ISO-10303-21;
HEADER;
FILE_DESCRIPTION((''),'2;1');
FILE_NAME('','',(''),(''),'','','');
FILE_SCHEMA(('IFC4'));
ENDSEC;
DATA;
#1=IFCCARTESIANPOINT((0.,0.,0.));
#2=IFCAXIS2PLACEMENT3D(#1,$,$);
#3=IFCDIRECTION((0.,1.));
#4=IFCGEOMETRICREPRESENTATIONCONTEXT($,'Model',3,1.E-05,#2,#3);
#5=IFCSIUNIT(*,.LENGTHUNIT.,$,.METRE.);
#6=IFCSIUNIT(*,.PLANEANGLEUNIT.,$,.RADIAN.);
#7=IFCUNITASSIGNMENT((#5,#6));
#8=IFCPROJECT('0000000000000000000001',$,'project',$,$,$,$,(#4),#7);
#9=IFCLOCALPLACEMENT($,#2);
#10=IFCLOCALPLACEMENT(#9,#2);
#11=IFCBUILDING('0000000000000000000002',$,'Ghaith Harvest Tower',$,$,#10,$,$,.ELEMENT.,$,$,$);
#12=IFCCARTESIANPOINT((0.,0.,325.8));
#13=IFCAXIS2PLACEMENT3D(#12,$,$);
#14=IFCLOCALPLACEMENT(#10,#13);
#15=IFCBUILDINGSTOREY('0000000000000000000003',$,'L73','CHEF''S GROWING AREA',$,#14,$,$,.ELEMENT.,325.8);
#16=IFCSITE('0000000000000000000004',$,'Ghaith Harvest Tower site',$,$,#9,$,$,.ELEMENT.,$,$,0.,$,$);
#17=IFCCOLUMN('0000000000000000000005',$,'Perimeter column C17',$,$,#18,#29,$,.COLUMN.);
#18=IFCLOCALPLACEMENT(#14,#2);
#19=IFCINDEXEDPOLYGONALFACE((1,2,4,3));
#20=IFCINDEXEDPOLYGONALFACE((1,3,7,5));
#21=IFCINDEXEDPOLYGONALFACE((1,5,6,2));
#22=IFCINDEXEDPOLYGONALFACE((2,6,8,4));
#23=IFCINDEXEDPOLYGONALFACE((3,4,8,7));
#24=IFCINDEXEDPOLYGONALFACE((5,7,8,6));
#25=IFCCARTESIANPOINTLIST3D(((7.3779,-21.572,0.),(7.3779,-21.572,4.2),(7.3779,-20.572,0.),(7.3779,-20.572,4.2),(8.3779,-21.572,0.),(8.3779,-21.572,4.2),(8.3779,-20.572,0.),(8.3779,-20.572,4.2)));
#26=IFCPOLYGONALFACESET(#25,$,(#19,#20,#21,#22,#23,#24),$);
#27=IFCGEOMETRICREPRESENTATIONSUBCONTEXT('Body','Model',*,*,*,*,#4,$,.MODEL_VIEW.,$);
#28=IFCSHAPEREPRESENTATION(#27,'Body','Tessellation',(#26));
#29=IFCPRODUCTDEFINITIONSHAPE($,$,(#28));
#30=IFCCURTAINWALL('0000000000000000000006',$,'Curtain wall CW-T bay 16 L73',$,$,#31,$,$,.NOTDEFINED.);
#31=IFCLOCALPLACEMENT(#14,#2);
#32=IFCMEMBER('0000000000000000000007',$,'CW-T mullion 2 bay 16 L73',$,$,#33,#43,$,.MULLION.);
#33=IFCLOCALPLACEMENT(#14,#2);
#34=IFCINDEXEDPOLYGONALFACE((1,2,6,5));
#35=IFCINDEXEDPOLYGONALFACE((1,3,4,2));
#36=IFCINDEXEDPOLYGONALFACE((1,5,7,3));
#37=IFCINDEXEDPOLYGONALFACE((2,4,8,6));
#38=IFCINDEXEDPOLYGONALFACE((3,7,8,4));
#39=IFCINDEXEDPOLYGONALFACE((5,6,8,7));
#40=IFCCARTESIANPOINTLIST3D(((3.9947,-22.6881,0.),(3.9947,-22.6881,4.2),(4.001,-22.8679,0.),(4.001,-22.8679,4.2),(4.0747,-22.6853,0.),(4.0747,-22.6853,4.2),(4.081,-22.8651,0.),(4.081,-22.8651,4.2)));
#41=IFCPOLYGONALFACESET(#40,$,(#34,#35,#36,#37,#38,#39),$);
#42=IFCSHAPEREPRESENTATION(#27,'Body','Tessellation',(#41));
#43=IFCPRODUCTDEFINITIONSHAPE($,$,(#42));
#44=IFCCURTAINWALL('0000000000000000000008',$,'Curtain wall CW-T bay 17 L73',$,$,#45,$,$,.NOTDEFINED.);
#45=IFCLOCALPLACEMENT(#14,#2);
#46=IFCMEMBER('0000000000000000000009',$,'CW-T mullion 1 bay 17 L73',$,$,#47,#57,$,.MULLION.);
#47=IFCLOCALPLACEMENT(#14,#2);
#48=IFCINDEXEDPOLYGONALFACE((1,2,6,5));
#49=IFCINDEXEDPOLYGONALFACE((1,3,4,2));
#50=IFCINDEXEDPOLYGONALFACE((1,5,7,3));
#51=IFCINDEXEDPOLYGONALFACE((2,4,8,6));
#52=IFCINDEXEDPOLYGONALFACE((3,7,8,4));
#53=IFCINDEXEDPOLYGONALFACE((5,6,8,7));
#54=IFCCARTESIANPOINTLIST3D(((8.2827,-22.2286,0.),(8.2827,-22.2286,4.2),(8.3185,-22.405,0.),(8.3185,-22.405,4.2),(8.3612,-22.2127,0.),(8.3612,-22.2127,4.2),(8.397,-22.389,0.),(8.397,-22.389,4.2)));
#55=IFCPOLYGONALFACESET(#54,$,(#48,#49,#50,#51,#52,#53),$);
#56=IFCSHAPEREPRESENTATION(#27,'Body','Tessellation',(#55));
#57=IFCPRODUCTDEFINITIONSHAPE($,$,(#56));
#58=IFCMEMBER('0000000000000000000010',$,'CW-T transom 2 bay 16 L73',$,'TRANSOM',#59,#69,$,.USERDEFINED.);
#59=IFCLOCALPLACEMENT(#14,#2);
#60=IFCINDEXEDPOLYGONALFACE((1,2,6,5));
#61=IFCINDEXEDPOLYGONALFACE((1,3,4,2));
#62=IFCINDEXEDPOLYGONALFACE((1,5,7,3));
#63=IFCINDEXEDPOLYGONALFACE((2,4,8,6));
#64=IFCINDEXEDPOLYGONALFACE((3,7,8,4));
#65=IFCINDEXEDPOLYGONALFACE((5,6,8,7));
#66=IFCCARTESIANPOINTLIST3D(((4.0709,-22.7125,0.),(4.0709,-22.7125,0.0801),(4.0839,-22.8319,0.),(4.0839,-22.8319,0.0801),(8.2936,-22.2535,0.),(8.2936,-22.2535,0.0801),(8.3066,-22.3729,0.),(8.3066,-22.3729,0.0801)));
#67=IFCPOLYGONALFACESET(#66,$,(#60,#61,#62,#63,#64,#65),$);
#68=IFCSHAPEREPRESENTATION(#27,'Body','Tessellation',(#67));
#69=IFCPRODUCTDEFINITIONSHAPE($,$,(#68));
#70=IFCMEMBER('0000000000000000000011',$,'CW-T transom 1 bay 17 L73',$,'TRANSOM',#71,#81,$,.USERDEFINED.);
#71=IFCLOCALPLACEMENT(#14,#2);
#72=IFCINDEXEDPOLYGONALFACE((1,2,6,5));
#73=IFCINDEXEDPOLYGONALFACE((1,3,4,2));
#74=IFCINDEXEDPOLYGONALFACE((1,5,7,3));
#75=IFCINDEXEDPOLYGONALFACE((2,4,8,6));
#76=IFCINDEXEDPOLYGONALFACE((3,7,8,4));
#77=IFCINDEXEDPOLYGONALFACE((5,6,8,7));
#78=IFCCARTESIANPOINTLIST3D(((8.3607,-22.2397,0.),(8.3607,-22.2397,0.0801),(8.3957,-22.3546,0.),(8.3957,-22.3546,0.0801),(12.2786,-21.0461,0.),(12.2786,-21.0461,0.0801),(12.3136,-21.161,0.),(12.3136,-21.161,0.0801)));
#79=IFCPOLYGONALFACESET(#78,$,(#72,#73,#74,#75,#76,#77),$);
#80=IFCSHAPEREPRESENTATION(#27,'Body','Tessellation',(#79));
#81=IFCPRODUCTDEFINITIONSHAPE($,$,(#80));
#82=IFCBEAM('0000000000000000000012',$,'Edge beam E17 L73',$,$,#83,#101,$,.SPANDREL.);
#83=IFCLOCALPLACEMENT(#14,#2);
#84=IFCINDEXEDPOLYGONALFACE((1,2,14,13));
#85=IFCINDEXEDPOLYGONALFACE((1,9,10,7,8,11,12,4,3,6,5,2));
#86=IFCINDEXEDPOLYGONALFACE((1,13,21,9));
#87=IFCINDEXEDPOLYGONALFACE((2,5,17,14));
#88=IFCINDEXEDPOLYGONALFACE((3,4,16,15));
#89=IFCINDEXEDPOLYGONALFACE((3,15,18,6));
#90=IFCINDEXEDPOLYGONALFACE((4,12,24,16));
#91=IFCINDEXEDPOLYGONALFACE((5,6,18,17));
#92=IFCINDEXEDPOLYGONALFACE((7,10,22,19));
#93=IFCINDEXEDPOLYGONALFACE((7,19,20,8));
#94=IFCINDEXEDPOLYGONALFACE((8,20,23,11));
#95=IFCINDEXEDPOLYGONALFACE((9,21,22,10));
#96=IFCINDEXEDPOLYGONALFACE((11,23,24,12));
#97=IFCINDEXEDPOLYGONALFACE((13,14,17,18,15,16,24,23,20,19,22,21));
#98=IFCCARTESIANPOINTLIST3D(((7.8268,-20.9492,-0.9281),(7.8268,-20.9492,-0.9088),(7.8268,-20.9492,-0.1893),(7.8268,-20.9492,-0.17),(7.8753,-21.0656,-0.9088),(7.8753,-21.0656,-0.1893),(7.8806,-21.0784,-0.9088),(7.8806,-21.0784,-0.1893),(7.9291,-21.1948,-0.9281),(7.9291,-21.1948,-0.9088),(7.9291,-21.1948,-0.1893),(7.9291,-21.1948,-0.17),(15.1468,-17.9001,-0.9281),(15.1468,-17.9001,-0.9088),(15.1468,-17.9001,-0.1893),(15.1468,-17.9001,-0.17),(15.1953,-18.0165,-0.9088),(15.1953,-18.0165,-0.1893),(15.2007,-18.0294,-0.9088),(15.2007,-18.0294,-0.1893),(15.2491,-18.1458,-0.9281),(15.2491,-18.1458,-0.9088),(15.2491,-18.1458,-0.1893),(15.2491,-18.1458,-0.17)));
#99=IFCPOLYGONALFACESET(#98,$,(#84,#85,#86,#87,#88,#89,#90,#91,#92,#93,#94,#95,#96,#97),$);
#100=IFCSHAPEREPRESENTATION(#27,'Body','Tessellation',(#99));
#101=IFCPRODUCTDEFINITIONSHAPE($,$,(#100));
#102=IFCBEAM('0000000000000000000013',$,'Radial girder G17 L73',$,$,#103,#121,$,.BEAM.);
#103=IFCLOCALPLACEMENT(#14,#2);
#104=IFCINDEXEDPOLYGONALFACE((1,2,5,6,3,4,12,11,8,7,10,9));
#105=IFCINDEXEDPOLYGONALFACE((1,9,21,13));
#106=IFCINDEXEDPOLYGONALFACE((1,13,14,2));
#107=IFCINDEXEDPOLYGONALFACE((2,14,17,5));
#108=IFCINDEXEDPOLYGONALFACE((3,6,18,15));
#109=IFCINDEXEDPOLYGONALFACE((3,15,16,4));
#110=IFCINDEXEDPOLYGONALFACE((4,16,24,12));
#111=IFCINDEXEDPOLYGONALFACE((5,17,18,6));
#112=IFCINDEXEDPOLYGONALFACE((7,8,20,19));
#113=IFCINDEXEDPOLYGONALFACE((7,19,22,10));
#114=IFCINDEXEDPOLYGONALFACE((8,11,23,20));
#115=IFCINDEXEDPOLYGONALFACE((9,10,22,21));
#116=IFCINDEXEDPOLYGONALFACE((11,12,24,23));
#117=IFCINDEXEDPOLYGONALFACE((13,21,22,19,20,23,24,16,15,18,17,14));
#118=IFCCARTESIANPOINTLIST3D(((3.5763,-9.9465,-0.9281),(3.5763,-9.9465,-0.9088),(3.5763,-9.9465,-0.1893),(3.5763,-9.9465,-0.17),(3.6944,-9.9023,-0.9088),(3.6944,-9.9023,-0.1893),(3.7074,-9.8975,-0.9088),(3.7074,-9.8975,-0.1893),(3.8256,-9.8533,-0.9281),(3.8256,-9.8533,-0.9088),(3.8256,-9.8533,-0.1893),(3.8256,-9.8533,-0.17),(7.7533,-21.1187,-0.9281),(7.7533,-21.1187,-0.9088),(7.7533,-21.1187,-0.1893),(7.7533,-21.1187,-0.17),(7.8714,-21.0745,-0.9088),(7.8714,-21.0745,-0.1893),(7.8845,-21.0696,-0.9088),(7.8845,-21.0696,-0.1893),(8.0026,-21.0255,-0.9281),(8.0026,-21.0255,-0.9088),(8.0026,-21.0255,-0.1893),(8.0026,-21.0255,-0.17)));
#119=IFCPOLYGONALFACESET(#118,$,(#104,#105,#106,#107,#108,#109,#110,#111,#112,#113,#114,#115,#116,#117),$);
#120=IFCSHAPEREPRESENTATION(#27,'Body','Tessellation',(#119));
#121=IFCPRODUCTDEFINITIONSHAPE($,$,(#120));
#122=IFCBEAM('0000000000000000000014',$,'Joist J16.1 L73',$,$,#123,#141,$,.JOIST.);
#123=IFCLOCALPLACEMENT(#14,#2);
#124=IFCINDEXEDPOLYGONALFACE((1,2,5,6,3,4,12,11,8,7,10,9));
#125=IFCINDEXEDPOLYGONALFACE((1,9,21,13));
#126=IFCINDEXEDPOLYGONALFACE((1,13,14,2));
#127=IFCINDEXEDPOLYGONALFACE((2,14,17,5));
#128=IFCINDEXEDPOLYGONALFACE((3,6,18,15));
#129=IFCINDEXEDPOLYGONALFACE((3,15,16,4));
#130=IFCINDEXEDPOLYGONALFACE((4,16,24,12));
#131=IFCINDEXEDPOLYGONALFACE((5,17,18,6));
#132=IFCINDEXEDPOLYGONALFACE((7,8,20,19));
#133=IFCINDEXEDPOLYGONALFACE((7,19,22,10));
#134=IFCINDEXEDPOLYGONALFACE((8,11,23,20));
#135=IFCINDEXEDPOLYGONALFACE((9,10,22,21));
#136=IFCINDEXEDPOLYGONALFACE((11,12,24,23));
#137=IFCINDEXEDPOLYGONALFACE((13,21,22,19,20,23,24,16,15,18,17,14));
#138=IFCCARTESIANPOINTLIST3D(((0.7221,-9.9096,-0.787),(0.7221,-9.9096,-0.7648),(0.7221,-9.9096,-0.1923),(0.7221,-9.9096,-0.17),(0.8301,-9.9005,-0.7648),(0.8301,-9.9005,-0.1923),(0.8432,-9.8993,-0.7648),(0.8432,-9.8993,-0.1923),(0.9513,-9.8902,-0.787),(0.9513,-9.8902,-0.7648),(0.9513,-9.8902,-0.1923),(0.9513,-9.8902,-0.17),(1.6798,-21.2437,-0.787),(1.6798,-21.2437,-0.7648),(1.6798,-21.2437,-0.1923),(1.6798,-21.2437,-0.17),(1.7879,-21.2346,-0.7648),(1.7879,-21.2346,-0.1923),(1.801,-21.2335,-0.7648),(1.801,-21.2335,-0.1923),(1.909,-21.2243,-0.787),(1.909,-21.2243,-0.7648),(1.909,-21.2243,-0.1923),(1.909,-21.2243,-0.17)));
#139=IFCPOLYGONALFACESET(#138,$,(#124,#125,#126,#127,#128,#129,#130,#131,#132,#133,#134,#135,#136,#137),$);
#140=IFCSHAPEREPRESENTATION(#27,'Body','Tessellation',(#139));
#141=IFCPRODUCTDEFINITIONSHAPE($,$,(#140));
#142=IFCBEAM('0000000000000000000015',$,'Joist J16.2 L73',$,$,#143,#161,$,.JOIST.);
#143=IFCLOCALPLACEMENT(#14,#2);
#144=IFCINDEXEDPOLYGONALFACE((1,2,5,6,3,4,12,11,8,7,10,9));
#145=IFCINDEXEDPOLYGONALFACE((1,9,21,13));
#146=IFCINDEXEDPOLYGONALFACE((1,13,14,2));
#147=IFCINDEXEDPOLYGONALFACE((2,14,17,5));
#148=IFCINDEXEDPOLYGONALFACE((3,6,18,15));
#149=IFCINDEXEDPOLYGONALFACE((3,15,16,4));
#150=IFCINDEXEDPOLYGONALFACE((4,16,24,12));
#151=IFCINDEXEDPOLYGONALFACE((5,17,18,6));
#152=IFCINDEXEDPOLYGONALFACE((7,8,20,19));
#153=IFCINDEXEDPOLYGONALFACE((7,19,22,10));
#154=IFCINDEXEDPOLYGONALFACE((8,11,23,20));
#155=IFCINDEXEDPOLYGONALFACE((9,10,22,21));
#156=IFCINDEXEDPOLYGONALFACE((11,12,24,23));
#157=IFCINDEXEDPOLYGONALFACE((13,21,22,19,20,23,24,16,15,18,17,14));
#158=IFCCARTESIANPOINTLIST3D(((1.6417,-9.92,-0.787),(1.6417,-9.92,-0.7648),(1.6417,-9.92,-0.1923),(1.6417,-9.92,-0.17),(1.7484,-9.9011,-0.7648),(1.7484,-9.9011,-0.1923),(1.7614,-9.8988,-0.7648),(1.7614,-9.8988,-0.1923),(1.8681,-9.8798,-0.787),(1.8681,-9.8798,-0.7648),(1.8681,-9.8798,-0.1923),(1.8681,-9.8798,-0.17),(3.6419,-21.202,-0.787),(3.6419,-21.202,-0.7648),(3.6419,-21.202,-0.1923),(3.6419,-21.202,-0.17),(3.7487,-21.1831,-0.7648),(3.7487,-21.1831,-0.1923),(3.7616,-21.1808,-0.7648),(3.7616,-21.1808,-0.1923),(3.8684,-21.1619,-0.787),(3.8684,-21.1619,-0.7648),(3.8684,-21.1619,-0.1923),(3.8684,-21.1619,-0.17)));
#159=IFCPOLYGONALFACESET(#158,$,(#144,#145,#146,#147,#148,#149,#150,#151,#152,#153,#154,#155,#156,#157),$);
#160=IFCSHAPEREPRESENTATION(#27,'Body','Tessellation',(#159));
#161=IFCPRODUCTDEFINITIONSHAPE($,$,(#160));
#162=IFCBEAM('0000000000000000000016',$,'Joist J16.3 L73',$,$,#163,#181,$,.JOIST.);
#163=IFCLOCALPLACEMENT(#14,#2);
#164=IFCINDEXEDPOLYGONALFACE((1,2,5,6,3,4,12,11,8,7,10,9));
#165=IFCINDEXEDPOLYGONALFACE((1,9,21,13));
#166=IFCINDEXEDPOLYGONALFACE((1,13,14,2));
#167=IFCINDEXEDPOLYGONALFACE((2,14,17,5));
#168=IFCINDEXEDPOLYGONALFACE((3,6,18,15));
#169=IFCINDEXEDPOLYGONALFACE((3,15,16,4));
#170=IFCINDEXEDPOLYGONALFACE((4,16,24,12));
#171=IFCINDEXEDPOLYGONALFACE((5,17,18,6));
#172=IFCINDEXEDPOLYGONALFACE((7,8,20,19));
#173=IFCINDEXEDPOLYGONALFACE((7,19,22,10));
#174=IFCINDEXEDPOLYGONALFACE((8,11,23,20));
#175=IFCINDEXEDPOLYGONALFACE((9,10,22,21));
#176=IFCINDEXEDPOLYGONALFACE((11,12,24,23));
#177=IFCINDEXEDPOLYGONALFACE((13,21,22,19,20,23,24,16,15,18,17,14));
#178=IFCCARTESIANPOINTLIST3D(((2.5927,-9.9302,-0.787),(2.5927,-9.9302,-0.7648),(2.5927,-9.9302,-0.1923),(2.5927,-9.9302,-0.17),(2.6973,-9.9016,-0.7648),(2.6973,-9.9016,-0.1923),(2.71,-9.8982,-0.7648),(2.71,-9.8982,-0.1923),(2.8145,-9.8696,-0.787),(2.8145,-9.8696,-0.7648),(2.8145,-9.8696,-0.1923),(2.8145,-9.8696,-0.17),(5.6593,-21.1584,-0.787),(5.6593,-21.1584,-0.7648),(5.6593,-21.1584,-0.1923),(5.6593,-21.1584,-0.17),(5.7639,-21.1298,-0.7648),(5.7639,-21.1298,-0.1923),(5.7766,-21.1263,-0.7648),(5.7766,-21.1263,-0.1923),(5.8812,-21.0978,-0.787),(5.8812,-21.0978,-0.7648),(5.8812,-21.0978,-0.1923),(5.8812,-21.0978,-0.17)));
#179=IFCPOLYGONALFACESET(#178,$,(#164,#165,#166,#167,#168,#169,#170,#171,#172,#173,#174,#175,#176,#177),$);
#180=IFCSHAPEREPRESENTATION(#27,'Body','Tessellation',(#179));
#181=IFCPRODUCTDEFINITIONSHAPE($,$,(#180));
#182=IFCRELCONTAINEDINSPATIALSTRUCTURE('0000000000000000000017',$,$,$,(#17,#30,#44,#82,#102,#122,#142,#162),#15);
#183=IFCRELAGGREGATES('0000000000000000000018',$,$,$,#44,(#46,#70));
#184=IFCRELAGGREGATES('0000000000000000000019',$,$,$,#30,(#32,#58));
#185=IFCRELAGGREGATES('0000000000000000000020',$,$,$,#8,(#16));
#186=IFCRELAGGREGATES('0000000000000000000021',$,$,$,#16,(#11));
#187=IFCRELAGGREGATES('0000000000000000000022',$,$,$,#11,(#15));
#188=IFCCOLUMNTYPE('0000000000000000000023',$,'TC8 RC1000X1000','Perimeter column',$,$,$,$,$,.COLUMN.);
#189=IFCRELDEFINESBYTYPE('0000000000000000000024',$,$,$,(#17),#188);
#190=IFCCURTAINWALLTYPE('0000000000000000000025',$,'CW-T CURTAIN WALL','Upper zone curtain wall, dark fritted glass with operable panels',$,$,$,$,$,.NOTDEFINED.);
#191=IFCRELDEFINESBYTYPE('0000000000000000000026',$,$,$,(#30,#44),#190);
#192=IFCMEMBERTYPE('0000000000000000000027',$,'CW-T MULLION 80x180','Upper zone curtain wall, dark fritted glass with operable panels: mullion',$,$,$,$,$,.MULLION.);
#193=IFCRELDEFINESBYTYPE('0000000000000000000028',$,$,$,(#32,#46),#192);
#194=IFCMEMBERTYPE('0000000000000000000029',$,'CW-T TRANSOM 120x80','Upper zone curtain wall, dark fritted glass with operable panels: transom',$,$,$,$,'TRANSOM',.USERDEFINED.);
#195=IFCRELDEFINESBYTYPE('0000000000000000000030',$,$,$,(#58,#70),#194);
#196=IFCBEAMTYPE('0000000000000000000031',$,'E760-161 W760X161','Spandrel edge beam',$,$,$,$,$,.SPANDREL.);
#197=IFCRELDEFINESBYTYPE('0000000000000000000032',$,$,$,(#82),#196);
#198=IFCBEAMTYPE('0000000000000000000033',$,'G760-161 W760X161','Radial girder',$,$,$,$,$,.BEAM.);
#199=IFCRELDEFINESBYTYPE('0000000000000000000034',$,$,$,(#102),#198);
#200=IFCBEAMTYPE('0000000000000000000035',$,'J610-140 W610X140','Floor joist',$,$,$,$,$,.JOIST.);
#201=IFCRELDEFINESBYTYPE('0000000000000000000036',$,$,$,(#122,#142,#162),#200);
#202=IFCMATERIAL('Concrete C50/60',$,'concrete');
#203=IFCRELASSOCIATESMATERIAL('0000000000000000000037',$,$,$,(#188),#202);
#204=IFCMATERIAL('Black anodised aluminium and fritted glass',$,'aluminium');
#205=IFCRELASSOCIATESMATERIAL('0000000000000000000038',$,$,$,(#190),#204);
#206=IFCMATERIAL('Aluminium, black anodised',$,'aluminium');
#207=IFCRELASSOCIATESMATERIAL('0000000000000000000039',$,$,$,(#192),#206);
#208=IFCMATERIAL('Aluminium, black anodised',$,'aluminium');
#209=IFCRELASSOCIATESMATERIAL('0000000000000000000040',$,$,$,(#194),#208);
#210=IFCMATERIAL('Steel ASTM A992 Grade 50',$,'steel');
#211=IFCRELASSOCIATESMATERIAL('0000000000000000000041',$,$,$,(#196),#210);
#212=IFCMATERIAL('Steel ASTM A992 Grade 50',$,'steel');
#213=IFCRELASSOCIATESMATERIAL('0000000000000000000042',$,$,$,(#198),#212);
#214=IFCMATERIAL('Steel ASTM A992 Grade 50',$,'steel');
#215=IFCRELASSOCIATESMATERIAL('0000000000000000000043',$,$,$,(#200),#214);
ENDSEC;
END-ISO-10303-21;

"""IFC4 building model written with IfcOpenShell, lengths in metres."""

from ifc_helpers import new_model, si_unit, direction, frame, origin, origin_2d, place, context, subcontext, project, spatial, rectangle, i_section, extrude, material, material_profile, profile_set, type_object, element, aggregate, save


model = new_model("IFC4")

# Units and contexts
model_context = context("Model", 3, precision=1e-05, world=origin(), true_north=direction((0.0, 1.0)))
body_context = subcontext(model_context, "Body", "Model", "MODEL_VIEW")
ifc_project = project(units=[si_unit("LENGTHUNIT", "METRE"), si_unit("PLANEANGLEUNIT", "RADIAN")], contexts=[model_context])

# Site, building, storey
site_placement = place(None, origin())
site = spatial("IfcSite", under=ifc_project, at=site_placement, Name="Ghaith Harvest Tower site", CompositionType="ELEMENT", RefElevation=0.0)
building_placement = place(site_placement, origin())
building = spatial("IfcBuilding", under=site, at=building_placement, Name="Ghaith Harvest Tower", CompositionType="ELEMENT")
storey_placement = place(building_placement, frame((0.0, 0.0, 325.8)))
storey = spatial("IfcBuildingStorey", under=building, at=storey_placement, Name="L73", Description="CHEF'S GROWING AREA", CompositionType="ELEMENT", Elevation=325.8)

# Column
ifc_material_1 = material(Name="Concrete C50/60", Category="concrete")
ifc_material_profile_1 = material_profile(ifc_material_1, rectangle(XDim=1.0, YDim=1.0, at=origin_2d()), Name="RC1000X1000")
ifc_profile_set_1 = profile_set([ifc_material_profile_1], Name="Concrete C50/60")
column_type = type_object("IfcColumnType", Name="TC8 RC1000X1000", Description="Perimeter column", PredefinedType="COLUMN", material=ifc_profile_set_1)
column_placement = place(storey_placement, frame((7.8779, -21.072, 0.0), z_axis=(0.0, 0.0, 1.0), x_axis=(1.0, 0.0, 0.0)))
element("IfcColumn", 1, at=column_placement, inside=storey, type_object=column_type, Name="Perimeter column C17", PredefinedType="COLUMN", context=body_context, shape_type="SweptSolid", body=[
    extrude(rectangle(XDim=1.0, YDim=1.0, at=origin_2d()), origin(), (0.0, 0.0, 1.0), 4.2),
])

# Curtain walls, members
ifc_material_2 = material(Name="Black anodised aluminium and fritted glass", Category="aluminium")
curtain_wall_type = type_object("IfcCurtainWallType", Name="CW-T CURTAIN WALL", Description="Upper zone curtain wall, dark fritted glass with operable panels", PredefinedType="NOTDEFINED", material=ifc_material_2)
curtain_wall_1_placement = place(storey_placement, origin())
curtain_wall_1 = element("IfcCurtainWall", 2, at=curtain_wall_1_placement, inside=storey, type_object=curtain_wall_type, Name="Curtain wall CW-T bay 16 L73", PredefinedType="NOTDEFINED")
ifc_material_3 = material(Name="Aluminium, black anodised", Category="aluminium")
ifc_material_profile_2 = material_profile(ifc_material_3, rectangle(XDim=0.0801, YDim=0.1799, at=origin_2d()), Name="CW-T MULLION 80x180")
ifc_profile_set_2 = profile_set([ifc_material_profile_2], Name="Aluminium, black anodised")
member_type_1 = type_object("IfcMemberType", Name="CW-T MULLION 80x180", Description="Upper zone curtain wall, dark fritted glass with operable panels: mullion", PredefinedType="MULLION", material=ifc_profile_set_2)
member_1_placement = place(storey_placement, frame((4.0378, -22.7766, 0.0), z_axis=(0.0, 0.0, 1.0), x_axis=(0.999389, 0.034962, 0.0)))
member_1 = element("IfcMember", 3, at=member_1_placement, type_object=member_type_1, Name="CW-T mullion 2 bay 16 L73", PredefinedType="MULLION", context=body_context, shape_type="SweptSolid", body=[
    extrude(rectangle(XDim=0.0801, YDim=0.1799, at=origin_2d()), origin(), (0.0, 0.0, 1.0), 4.2),
])
curtain_wall_2_placement = place(storey_placement, origin())
curtain_wall_2 = element("IfcCurtainWall", 4, at=curtain_wall_2_placement, inside=storey, type_object=curtain_wall_type, Name="Curtain wall CW-T bay 17 L73", PredefinedType="NOTDEFINED")
member_2_placement = place(storey_placement, frame((8.3398, -22.3088, 0.0), z_axis=(0.0, 0.0, 1.0), x_axis=(0.98, 0.198997, 0.0)))
member_2 = element("IfcMember", 5, at=member_2_placement, type_object=member_type_1, Name="CW-T mullion 1 bay 17 L73", PredefinedType="MULLION", context=body_context, shape_type="SweptSolid", body=[
    extrude(rectangle(XDim=0.0801, YDim=0.1799, at=origin_2d()), origin(), (0.0, 0.0, 1.0), 4.2),
])

# Members
ifc_material_4 = material(Name="Aluminium, black anodised", Category="aluminium")
ifc_material_profile_3 = material_profile(ifc_material_4, rectangle(XDim=0.1201, YDim=0.0801, at=origin_2d()), Name="CW-T TRANSOM 120x80")
ifc_profile_set_3 = profile_set([ifc_material_profile_3], Name="Aluminium, black anodised")
member_type_2 = type_object("IfcMemberType", Name="CW-T TRANSOM 120x80", Description="Upper zone curtain wall, dark fritted glass with operable panels: transom", ElementType="TRANSOM", PredefinedType="USERDEFINED", material=ifc_profile_set_3)
member_3_placement = place(storey_placement, frame((4.0774, -22.7722, 0.04), z_axis=(0.994144, 0.108059, 0.0), x_axis=(-0.108059, 0.994144, 0.0)))
member_3 = element("IfcMember", 6, at=member_3_placement, type_object=member_type_2, Name="CW-T transom 2 bay 16 L73", ObjectType="TRANSOM", PredefinedType="USERDEFINED", context=body_context, shape_type="SweptSolid", body=[
    extrude(rectangle(XDim=0.1201, YDim=0.0801, at=origin_2d()), origin(), (0.0, 0.0, 1.0), 4.2476),
])
member_4_placement = place(storey_placement, frame((8.3782, -22.2971, 0.04), z_axis=(0.956594, 0.291425, 0.0), x_axis=(-0.291425, 0.956594, 0.0)))
member_4 = element("IfcMember", 7, at=member_4_placement, type_object=member_type_2, Name="CW-T transom 1 bay 17 L73", ObjectType="TRANSOM", PredefinedType="USERDEFINED", context=body_context, shape_type="SweptSolid", body=[
    extrude(rectangle(XDim=0.1201, YDim=0.0801, at=origin_2d()), origin(), (0.0, 0.0, 1.0), 4.0957),
])
aggregate(curtain_wall_2, [member_2, member_4])

# Beams
ifc_material_5 = material(Name="Steel ASTM A992 Grade 50", Category="steel")
ifc_material_profile_4 = material_profile(ifc_material_5, i_section(OverallWidth=0.2661, OverallDepth=0.7581, WebThickness=0.0139, FlangeThickness=0.0193, at=origin_2d()), Name="W760X161")
ifc_profile_set_4 = profile_set([ifc_material_profile_4], Name="Steel ASTM A992 Grade 50")
beam_type_1 = type_object("IfcBeamType", Name="E760-161 W760X161", Description="Spandrel edge beam", PredefinedType="SPANDREL", material=ifc_profile_set_4)
beam_1_placement = place(storey_placement, frame((7.8779, -21.072, -0.5491), z_axis=(0.92312, 0.384513, 0.0), x_axis=(-0.384513, 0.92312, 0.0)))
element("IfcBeam", 8, at=beam_1_placement, inside=storey, type_object=beam_type_1, Name="Edge beam E17 L73", PredefinedType="SPANDREL", context=body_context, shape_type="SweptSolid", body=[
    extrude(i_section(OverallWidth=0.2661, OverallDepth=0.7581, WebThickness=0.0139, FlangeThickness=0.0193, at=origin_2d()), origin(), (0.0, 0.0, 1.0), 7.9297),
])
ifc_material_6 = material(Name="Steel ASTM A992 Grade 50", Category="steel")
ifc_material_profile_5 = material_profile(ifc_material_6, i_section(OverallWidth=0.2661, OverallDepth=0.7581, WebThickness=0.0139, FlangeThickness=0.0193, at=origin_2d()), Name="W760X161")
ifc_profile_set_5 = profile_set([ifc_material_profile_5], Name="Steel ASTM A992 Grade 50")
beam_type_2 = type_object("IfcBeamType", Name="G760-161 W760X161", Description="Radial girder", PredefinedType="BEAM", material=ifc_profile_set_5)
beam_2_placement = place(storey_placement, frame((3.7009, -9.8999, -0.5491), z_axis=(0.350201, -0.936674, 0.0), x_axis=(0.936674, 0.350201, 0.0)))
element("IfcBeam", 9, at=beam_2_placement, inside=storey, type_object=beam_type_2, Name="Radial girder G17 L73", PredefinedType="BEAM", context=body_context, shape_type="SweptSolid", body=[
    extrude(i_section(OverallWidth=0.2661, OverallDepth=0.7581, WebThickness=0.0139, FlangeThickness=0.0193, at=origin_2d()), origin(), (0.0, 0.0, 1.0), 11.9275),
])
ifc_material_7 = material(Name="Steel ASTM A992 Grade 50", Category="steel")
ifc_material_profile_6 = material_profile(ifc_material_7, i_section(OverallWidth=0.23, OverallDepth=0.6169, WebThickness=0.0132, FlangeThickness=0.0222, at=origin_2d()), Name="W610X140")
ifc_profile_set_6 = profile_set([ifc_material_profile_6], Name="Steel ASTM A992 Grade 50")
beam_type_3 = type_object("IfcBeamType", Name="J610-140 W610X140", Description="Floor joist", PredefinedType="JOIST", material=ifc_profile_set_6)
beam_3_placement = place(storey_placement, frame((0.8367, -9.8999, -0.4785), z_axis=(0.084202, -0.996449, 0.0), x_axis=(0.996449, 0.084202, 0.0)))
element("IfcBeam", 10, at=beam_3_placement, inside=storey, type_object=beam_type_3, Name="Joist J16.1 L73", PredefinedType="JOIST", context=body_context, shape_type="SweptSolid", body=[
    extrude(i_section(OverallWidth=0.23, OverallDepth=0.6169, WebThickness=0.0132, FlangeThickness=0.0222, at=origin_2d()), origin(), (0.0, 0.0, 1.0), 11.3745),
])
beam_4_placement = place(storey_placement, frame((1.7549, -9.8999, -0.4785), z_axis=(0.174573, -0.984644, 0.0), x_axis=(0.984644, 0.174573, 0.0)))
element("IfcBeam", 11, at=beam_4_placement, inside=storey, type_object=beam_type_3, Name="Joist J16.2 L73", PredefinedType="JOIST", context=body_context, shape_type="SweptSolid", body=[
    extrude(i_section(OverallWidth=0.23, OverallDepth=0.6169, WebThickness=0.0132, FlangeThickness=0.0222, at=origin_2d()), origin(), (0.0, 0.0, 1.0), 11.458),
])
beam_5_placement = place(storey_placement, frame((2.7036, -9.8999, -0.4785), z_axis=(0.263469, -0.964668, 0.0), x_axis=(0.964668, 0.263469, 0.0)))
element("IfcBeam", 12, at=beam_5_placement, inside=storey, type_object=beam_type_3, Name="Joist J16.3 L73", PredefinedType="JOIST", context=body_context, shape_type="SweptSolid", body=[
    extrude(i_section(OverallWidth=0.23, OverallDepth=0.6169, WebThickness=0.0132, FlangeThickness=0.0222, at=origin_2d()), origin(), (0.0, 0.0, 1.0), 11.6394),
])

aggregate(curtain_wall_1, [member_1, member_3])

save(model, "model.ifc")
